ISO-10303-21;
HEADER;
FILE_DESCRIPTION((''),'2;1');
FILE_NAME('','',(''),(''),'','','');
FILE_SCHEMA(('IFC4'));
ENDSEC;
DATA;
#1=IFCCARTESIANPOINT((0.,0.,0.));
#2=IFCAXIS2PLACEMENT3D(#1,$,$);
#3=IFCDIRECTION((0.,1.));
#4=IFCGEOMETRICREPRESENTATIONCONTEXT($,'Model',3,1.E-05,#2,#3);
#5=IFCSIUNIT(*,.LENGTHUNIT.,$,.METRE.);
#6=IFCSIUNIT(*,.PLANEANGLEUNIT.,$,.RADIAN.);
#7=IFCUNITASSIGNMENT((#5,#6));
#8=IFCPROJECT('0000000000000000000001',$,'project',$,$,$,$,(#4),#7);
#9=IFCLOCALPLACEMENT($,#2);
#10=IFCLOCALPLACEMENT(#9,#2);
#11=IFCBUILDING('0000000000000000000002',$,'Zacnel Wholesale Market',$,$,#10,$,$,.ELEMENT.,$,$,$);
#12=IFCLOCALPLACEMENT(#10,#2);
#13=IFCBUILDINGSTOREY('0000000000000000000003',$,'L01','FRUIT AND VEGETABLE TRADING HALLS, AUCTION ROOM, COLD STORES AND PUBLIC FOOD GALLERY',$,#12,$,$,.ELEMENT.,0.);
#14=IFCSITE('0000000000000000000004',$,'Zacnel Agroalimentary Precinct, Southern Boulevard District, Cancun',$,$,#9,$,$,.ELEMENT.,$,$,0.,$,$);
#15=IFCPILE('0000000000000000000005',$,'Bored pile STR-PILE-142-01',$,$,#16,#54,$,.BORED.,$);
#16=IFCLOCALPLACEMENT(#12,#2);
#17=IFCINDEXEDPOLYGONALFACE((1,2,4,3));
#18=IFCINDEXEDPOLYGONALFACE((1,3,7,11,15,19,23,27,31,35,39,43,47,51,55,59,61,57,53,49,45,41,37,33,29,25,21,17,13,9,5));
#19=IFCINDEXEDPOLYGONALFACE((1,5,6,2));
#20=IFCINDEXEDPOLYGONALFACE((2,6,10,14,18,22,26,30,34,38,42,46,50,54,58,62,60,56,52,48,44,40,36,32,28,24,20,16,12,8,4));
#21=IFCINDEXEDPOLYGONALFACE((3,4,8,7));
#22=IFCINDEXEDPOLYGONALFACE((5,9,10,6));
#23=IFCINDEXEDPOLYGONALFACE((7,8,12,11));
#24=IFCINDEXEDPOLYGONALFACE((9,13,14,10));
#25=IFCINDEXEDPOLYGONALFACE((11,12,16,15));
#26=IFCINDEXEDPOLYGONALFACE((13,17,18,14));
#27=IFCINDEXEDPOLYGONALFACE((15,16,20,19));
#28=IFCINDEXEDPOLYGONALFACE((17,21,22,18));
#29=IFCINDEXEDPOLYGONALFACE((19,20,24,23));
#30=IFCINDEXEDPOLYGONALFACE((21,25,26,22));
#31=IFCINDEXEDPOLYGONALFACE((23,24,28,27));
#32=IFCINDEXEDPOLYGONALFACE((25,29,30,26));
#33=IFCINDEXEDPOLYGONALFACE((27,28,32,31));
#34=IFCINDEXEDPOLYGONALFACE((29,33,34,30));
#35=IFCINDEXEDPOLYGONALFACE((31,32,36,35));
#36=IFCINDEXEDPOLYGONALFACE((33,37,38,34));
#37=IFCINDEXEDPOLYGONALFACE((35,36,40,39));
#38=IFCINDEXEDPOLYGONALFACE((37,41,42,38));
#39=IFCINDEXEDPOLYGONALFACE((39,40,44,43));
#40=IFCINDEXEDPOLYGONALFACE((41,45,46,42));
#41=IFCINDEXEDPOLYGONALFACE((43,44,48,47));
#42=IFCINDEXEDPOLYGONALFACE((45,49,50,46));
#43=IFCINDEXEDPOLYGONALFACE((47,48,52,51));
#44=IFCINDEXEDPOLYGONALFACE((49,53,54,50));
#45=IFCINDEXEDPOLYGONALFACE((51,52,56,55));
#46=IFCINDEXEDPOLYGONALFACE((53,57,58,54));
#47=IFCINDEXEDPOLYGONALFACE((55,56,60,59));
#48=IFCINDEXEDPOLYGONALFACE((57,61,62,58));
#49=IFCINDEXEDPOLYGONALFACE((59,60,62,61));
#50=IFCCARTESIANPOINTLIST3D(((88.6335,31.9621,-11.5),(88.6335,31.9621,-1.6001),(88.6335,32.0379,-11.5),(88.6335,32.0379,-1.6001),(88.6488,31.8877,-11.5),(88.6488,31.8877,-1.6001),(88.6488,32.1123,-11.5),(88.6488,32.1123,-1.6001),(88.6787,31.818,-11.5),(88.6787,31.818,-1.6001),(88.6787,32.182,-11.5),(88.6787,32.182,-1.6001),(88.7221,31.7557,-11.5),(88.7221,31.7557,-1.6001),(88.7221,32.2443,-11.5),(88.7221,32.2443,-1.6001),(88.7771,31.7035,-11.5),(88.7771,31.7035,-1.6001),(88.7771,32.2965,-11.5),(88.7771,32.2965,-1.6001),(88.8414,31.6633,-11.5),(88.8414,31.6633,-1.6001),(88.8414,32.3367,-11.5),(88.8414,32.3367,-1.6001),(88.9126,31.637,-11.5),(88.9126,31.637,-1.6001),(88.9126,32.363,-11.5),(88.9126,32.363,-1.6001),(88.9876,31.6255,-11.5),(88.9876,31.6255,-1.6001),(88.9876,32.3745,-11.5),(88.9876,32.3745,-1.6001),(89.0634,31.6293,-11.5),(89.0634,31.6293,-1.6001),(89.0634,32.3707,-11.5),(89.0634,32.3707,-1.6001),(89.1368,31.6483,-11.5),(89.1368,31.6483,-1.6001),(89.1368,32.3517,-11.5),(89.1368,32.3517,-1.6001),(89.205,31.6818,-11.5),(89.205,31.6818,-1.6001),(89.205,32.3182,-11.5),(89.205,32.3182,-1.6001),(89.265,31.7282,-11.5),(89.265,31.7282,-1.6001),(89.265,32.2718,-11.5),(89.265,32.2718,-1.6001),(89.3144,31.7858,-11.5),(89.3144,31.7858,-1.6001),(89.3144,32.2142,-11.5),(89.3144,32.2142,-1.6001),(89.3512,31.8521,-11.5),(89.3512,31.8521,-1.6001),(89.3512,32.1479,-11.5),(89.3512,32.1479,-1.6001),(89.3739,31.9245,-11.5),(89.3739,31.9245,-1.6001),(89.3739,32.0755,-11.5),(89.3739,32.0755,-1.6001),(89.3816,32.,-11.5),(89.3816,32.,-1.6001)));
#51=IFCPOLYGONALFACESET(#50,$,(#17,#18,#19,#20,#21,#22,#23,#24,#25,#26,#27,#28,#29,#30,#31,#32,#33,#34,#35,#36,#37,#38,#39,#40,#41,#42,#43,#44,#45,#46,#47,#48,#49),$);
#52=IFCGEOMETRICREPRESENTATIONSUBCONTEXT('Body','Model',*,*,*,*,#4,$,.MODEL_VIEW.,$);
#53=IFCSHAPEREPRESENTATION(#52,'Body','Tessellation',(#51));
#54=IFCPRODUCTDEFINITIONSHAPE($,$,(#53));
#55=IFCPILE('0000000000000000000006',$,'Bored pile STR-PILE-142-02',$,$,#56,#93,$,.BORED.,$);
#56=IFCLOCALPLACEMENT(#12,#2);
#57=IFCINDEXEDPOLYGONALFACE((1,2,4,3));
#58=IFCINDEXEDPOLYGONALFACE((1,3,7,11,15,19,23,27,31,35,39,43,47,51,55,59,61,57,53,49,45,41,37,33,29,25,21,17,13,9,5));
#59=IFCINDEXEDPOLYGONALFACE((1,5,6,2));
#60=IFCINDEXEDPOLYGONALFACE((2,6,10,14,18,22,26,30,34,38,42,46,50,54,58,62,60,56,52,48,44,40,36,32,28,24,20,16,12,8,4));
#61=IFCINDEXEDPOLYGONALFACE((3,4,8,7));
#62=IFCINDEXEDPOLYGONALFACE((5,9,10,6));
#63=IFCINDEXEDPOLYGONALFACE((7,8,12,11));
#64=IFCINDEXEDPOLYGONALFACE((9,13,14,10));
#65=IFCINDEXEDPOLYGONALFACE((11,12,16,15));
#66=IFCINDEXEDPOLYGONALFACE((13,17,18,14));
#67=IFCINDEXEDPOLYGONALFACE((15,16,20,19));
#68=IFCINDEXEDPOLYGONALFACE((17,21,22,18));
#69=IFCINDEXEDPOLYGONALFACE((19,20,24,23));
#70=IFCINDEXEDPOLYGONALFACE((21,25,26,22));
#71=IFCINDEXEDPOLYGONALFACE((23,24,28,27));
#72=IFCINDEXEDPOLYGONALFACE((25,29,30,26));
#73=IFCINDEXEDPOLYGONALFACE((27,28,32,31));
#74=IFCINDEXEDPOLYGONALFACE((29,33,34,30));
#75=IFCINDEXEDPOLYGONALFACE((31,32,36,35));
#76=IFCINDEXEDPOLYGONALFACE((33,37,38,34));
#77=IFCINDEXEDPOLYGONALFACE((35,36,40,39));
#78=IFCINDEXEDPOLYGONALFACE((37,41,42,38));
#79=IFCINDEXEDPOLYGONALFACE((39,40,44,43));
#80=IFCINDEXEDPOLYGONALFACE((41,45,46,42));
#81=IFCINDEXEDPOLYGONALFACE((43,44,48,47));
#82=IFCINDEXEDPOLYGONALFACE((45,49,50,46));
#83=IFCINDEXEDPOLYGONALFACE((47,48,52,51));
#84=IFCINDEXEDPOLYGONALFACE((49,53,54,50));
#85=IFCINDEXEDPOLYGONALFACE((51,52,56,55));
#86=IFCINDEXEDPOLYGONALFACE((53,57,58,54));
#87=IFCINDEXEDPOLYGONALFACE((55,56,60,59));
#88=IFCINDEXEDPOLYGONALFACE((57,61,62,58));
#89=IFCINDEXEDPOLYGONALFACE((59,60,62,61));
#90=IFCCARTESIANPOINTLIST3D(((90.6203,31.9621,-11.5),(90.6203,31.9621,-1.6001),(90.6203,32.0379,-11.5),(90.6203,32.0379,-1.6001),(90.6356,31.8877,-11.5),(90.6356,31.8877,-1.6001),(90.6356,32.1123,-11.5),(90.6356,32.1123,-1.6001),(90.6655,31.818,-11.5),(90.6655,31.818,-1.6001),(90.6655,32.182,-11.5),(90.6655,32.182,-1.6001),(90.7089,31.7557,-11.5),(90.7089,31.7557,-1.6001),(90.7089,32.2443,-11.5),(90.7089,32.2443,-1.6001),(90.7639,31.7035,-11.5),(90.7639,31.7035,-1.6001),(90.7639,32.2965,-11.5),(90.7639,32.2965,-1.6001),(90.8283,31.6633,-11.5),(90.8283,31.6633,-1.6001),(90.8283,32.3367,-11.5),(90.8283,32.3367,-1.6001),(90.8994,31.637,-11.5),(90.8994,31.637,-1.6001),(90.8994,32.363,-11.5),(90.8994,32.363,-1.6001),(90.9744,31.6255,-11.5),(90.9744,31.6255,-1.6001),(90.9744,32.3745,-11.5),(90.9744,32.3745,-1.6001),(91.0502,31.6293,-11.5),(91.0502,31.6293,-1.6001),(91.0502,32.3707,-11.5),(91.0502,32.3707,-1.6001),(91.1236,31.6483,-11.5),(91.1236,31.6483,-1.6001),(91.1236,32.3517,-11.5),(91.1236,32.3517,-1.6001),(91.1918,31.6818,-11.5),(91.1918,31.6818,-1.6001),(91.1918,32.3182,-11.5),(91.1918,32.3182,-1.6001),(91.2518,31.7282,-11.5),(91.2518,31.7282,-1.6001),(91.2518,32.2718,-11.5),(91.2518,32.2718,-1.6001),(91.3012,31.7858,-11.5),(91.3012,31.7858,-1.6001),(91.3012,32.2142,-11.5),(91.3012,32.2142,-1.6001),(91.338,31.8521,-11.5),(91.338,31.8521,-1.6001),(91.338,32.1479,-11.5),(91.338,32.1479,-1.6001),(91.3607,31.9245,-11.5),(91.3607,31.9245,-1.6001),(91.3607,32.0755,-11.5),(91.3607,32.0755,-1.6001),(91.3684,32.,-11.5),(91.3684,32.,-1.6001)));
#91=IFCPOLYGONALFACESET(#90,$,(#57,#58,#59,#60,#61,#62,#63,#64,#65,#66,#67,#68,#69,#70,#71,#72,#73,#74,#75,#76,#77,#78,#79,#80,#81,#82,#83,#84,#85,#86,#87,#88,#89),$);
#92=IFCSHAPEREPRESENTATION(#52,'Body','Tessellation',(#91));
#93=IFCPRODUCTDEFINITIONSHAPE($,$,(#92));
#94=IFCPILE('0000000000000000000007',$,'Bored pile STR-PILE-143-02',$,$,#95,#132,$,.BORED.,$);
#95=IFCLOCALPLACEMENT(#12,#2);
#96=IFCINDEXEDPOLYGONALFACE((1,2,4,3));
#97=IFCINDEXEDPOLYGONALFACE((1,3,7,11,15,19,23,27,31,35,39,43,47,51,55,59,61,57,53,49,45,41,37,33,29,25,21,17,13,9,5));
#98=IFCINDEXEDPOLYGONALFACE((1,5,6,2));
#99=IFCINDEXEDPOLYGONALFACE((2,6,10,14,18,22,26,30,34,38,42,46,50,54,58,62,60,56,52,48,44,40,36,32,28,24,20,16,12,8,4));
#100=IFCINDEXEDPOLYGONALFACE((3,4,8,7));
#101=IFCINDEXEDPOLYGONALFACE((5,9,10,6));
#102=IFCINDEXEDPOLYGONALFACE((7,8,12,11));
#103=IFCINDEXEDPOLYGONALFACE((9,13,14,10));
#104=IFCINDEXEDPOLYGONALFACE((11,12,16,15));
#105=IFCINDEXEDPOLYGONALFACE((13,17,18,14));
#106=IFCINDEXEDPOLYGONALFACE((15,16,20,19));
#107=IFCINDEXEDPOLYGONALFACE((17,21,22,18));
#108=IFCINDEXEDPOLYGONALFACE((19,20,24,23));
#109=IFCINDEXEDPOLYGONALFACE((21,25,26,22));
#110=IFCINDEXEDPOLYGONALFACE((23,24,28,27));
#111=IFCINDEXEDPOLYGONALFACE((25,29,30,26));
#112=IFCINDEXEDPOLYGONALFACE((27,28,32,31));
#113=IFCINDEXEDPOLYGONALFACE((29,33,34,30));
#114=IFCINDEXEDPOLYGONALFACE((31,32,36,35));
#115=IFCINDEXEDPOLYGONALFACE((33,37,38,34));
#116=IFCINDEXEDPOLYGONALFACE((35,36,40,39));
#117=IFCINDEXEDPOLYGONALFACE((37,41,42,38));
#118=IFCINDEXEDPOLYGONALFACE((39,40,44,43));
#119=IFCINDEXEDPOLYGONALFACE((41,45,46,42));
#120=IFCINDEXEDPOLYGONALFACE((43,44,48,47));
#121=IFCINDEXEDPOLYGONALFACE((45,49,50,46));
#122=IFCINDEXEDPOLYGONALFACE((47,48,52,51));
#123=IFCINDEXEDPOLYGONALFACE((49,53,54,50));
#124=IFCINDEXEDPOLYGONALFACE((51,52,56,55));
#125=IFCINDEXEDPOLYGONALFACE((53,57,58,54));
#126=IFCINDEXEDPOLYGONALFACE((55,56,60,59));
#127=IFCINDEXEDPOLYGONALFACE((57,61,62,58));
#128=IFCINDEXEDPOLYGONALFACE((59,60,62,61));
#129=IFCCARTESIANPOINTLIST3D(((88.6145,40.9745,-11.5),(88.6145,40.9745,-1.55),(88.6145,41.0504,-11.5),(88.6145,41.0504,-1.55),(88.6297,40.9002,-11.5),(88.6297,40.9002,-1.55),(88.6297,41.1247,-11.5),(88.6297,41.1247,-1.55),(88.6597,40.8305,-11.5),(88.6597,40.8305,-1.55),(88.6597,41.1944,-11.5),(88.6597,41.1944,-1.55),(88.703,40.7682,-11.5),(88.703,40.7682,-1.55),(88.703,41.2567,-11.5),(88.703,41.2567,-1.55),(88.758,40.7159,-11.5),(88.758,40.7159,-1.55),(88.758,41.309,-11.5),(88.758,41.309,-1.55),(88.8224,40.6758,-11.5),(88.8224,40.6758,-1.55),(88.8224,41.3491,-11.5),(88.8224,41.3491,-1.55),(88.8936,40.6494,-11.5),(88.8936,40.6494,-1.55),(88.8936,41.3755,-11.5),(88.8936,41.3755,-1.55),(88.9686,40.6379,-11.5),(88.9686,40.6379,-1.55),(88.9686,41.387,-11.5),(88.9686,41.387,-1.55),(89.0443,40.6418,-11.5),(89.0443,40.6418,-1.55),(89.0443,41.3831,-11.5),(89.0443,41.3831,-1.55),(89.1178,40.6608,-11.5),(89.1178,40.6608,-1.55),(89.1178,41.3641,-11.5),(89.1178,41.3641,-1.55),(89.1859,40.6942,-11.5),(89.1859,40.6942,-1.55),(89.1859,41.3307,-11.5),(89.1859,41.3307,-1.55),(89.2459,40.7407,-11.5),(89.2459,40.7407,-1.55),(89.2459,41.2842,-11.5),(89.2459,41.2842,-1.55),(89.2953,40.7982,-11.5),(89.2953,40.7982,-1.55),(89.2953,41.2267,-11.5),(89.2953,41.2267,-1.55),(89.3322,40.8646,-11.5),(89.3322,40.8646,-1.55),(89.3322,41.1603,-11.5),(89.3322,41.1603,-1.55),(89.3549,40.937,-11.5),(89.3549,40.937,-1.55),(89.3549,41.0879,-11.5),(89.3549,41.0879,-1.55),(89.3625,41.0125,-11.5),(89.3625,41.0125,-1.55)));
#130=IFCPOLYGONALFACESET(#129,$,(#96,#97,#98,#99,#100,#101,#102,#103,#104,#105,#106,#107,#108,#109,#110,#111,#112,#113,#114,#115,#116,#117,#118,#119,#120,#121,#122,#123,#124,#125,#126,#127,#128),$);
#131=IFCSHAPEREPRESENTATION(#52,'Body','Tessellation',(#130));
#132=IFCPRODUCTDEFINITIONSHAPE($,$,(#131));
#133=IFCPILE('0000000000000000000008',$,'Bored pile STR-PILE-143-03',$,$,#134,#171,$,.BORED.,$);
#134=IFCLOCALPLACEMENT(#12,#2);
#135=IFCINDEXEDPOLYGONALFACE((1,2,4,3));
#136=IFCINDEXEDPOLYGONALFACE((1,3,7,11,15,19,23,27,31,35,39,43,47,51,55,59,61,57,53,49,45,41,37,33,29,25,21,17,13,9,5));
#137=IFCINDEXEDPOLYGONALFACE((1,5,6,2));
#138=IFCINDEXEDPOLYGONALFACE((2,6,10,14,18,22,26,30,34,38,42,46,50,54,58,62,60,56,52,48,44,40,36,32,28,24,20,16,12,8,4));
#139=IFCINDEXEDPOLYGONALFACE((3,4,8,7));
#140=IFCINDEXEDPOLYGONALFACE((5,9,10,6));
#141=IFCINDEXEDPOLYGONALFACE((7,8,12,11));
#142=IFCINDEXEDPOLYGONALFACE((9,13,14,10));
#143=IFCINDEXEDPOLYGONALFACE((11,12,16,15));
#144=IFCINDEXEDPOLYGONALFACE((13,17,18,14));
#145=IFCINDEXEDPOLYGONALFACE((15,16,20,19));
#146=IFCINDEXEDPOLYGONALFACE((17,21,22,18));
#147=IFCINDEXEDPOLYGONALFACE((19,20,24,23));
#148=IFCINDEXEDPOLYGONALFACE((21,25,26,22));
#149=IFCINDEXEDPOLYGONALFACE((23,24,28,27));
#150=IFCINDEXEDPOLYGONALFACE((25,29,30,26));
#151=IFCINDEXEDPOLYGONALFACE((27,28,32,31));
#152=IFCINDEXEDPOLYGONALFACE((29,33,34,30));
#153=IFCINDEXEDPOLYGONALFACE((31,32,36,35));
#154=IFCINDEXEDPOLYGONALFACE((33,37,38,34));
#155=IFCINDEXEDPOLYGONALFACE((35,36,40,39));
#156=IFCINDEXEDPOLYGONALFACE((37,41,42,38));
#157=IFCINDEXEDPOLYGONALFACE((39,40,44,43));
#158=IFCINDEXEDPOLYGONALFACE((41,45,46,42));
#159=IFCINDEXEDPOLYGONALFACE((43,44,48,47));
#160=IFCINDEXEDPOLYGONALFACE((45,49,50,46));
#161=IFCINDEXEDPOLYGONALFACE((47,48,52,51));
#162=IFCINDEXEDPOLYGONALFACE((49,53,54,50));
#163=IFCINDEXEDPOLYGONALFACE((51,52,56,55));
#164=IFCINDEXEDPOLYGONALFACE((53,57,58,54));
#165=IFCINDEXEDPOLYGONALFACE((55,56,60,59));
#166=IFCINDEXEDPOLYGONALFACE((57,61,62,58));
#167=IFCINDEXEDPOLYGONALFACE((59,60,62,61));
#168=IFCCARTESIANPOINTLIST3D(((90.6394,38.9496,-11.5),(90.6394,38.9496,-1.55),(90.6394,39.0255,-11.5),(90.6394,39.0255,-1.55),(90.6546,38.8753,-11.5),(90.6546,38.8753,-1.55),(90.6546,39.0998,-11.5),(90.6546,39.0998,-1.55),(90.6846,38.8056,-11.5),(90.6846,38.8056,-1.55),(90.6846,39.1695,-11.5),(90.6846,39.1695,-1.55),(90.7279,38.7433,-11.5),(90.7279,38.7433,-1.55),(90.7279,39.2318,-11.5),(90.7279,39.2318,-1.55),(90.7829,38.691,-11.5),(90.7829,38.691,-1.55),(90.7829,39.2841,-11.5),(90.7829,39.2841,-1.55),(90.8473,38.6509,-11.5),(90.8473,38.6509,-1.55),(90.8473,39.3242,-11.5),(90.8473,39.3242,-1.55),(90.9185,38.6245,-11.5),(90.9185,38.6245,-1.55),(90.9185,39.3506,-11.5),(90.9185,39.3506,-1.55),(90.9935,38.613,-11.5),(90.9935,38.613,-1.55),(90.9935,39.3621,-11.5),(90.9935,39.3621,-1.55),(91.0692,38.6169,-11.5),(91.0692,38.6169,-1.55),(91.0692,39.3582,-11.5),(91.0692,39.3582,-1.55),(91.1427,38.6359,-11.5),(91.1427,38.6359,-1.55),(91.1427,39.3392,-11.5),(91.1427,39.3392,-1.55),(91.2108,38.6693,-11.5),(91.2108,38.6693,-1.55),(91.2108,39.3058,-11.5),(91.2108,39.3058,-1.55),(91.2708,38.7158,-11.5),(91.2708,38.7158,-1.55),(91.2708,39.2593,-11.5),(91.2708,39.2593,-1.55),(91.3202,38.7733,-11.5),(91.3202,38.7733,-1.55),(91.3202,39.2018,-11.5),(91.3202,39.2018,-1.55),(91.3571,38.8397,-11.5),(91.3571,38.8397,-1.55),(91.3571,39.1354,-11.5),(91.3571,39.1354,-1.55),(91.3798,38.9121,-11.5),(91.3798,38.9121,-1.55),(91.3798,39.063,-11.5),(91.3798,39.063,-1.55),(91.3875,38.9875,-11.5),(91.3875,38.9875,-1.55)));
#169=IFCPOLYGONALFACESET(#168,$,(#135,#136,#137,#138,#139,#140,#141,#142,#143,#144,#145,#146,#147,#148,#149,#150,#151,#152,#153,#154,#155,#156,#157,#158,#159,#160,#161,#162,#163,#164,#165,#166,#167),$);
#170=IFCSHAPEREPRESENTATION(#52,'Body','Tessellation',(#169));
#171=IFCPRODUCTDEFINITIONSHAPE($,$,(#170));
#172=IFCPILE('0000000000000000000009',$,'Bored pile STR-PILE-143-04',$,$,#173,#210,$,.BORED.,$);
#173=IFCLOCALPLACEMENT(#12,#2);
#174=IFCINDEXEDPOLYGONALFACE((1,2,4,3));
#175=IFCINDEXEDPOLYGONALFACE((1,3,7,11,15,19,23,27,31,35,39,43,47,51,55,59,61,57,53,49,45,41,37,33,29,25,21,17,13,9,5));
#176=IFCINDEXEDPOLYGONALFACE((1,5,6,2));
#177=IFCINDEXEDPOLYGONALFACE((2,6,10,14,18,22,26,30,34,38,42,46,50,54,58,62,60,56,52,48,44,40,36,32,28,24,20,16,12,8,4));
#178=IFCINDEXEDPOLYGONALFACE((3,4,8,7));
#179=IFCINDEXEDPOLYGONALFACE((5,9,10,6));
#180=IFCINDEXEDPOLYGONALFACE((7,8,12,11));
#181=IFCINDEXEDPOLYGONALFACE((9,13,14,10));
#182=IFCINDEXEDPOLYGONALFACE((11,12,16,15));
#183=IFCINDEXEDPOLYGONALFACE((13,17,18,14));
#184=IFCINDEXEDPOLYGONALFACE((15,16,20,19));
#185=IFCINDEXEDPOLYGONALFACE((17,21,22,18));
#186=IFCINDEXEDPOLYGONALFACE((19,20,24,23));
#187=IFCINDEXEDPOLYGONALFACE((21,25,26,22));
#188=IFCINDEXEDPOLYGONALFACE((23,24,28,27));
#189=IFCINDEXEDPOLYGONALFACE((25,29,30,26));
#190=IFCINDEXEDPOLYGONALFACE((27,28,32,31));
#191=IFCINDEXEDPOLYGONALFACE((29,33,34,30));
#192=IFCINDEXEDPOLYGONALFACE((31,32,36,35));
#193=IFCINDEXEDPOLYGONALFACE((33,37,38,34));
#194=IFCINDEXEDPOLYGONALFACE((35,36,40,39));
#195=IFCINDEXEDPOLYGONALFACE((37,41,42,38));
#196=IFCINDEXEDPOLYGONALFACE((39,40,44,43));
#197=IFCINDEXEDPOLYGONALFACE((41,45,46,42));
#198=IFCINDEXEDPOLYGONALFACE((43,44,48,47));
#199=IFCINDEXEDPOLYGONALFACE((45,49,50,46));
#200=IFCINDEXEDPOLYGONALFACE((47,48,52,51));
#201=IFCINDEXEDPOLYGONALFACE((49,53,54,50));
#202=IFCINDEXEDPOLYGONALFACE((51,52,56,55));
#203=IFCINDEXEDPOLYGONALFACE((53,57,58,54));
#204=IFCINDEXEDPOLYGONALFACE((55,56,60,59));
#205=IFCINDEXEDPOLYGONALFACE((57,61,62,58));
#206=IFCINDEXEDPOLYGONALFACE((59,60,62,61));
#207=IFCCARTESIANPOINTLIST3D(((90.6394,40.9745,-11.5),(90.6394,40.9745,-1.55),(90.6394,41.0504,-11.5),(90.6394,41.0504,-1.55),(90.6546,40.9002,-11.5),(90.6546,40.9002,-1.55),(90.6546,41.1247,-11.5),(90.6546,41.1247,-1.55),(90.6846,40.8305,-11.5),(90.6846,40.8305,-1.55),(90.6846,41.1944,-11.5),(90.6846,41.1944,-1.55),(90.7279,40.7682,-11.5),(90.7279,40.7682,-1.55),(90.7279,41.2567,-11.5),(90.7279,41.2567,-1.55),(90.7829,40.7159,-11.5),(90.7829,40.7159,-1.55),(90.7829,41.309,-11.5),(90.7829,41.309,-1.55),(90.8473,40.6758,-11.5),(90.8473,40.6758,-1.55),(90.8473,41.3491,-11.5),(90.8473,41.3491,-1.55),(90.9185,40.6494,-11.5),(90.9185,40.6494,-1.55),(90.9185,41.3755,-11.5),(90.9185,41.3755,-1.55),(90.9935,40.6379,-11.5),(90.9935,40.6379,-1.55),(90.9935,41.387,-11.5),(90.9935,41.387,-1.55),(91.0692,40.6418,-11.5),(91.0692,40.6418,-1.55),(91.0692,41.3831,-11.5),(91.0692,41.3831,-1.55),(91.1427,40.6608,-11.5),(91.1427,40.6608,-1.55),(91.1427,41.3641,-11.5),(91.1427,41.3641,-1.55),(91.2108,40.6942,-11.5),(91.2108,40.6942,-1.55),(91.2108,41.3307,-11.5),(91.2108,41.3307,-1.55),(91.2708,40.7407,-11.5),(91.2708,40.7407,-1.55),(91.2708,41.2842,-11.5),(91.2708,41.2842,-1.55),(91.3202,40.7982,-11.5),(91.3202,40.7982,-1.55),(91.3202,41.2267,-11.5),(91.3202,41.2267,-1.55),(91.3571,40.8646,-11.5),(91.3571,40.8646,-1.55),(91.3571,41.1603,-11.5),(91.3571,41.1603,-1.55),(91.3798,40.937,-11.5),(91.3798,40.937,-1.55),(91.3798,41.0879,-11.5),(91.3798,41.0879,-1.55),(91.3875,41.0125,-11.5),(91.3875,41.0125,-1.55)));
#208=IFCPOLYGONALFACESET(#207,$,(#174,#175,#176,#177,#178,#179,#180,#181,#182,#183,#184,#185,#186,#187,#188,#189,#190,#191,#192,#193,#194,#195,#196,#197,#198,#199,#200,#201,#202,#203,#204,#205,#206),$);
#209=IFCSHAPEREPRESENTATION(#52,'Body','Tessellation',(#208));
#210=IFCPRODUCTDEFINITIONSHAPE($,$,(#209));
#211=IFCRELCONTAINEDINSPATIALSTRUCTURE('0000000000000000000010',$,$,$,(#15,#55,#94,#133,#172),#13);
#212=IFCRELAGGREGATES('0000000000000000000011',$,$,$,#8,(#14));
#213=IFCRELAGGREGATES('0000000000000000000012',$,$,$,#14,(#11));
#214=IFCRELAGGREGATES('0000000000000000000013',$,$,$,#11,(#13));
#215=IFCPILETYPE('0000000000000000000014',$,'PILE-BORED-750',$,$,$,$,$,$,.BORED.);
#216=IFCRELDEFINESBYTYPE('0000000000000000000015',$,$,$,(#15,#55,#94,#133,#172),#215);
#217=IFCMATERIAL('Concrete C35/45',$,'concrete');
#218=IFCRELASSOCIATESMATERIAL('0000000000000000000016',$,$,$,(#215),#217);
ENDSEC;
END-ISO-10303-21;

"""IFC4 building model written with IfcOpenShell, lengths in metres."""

from ifc_helpers import new_model, si_unit, direction, frame, origin, origin_2d, place, context, subcontext, project, spatial, circle, extrude, material, material_profile, profile_set, type_object, element, save


model = new_model("IFC4")

# Units and contexts
model_context = context("Model", 3, precision=1e-05, world=origin(), true_north=direction((0.0, 1.0)))
body_context = subcontext(model_context, "Body", "Model", "MODEL_VIEW")
ifc_project = project(units=[si_unit("LENGTHUNIT", "METRE"), si_unit("PLANEANGLEUNIT", "RADIAN")], contexts=[model_context])

# Site, building, storey
site_placement = place(None, origin())
site = spatial("IfcSite", under=ifc_project, at=site_placement, Name="Zacnel Agroalimentary Precinct, Southern Boulevard District, Cancun", CompositionType="ELEMENT", RefElevation=0.0)
building_placement = place(site_placement, origin())
building = spatial("IfcBuilding", under=site, at=building_placement, Name="Zacnel Wholesale Market", CompositionType="ELEMENT")
storey_placement = place(building_placement, origin())
storey = spatial("IfcBuildingStorey", under=building, at=storey_placement, Name="L01", Description="FRUIT AND VEGETABLE TRADING HALLS, AUCTION ROOM, COLD STORES AND PUBLIC FOOD GALLERY", CompositionType="ELEMENT", Elevation=0.0)

# Piles
ifc_material_1 = material(Name="Concrete C35/45", Category="concrete")
ifc_material_profile_1 = material_profile(ifc_material_1, circle(Radius=0.375, at=origin_2d()), Name="BORED PILE D750")
ifc_profile_set_1 = profile_set([ifc_material_profile_1], Name="Concrete C35/45")
pile_type_1 = type_object("IfcPileType", Name="PILE-BORED-750", PredefinedType="BORED", material=ifc_profile_set_1)
for number, where, z_axis, x_axis, name in (
    (1, (89.0066, 32.0, -1.6001), (0.0, 0.0, -1.0), (1.0, 0.0, 0.0), "Bored pile STR-PILE-142-01"),
    (2, (90.9934, 32.0, -1.6001), (0.0, 0.0, -1.0), (1.0, 0.0, 0.0), "Bored pile STR-PILE-142-02"),
):
    element("IfcPile", number, at=place(storey_placement, frame(where, z_axis=z_axis, x_axis=x_axis)), inside=storey, type_object=pile_type_1, Name=name, PredefinedType="BORED", context=body_context, shape_type="SweptSolid", body=[
        extrude(circle(Radius=0.375, at=origin_2d()), origin(), (0.0, 0.0, 1.0), 9.8999),
    ])
for number, where, z_axis, x_axis, name in (
    (3, (88.9875, 41.0125, -1.55), (0.0, 0.0, -1.0), (1.0, 0.0, 0.0), "Bored pile STR-PILE-143-02"),
    (4, (91.0125, 38.9875, -1.55), (0.0, 0.0, -1.0), (1.0, 0.0, 0.0), "Bored pile STR-PILE-143-03"),
    (5, (91.0125, 41.0125, -1.55), (0.0, 0.0, -1.0), (1.0, 0.0, 0.0), "Bored pile STR-PILE-143-04"),
):
    element("IfcPile", number, at=place(storey_placement, frame(where, z_axis=z_axis, x_axis=x_axis)), inside=storey, type_object=pile_type_1, Name=name, PredefinedType="BORED", context=body_context, shape_type="SweptSolid", body=[
        extrude(circle(Radius=0.375, at=origin_2d()), origin(), (0.0, 0.0, 1.0), 9.95),
    ])

save(model, "model.ifc")
